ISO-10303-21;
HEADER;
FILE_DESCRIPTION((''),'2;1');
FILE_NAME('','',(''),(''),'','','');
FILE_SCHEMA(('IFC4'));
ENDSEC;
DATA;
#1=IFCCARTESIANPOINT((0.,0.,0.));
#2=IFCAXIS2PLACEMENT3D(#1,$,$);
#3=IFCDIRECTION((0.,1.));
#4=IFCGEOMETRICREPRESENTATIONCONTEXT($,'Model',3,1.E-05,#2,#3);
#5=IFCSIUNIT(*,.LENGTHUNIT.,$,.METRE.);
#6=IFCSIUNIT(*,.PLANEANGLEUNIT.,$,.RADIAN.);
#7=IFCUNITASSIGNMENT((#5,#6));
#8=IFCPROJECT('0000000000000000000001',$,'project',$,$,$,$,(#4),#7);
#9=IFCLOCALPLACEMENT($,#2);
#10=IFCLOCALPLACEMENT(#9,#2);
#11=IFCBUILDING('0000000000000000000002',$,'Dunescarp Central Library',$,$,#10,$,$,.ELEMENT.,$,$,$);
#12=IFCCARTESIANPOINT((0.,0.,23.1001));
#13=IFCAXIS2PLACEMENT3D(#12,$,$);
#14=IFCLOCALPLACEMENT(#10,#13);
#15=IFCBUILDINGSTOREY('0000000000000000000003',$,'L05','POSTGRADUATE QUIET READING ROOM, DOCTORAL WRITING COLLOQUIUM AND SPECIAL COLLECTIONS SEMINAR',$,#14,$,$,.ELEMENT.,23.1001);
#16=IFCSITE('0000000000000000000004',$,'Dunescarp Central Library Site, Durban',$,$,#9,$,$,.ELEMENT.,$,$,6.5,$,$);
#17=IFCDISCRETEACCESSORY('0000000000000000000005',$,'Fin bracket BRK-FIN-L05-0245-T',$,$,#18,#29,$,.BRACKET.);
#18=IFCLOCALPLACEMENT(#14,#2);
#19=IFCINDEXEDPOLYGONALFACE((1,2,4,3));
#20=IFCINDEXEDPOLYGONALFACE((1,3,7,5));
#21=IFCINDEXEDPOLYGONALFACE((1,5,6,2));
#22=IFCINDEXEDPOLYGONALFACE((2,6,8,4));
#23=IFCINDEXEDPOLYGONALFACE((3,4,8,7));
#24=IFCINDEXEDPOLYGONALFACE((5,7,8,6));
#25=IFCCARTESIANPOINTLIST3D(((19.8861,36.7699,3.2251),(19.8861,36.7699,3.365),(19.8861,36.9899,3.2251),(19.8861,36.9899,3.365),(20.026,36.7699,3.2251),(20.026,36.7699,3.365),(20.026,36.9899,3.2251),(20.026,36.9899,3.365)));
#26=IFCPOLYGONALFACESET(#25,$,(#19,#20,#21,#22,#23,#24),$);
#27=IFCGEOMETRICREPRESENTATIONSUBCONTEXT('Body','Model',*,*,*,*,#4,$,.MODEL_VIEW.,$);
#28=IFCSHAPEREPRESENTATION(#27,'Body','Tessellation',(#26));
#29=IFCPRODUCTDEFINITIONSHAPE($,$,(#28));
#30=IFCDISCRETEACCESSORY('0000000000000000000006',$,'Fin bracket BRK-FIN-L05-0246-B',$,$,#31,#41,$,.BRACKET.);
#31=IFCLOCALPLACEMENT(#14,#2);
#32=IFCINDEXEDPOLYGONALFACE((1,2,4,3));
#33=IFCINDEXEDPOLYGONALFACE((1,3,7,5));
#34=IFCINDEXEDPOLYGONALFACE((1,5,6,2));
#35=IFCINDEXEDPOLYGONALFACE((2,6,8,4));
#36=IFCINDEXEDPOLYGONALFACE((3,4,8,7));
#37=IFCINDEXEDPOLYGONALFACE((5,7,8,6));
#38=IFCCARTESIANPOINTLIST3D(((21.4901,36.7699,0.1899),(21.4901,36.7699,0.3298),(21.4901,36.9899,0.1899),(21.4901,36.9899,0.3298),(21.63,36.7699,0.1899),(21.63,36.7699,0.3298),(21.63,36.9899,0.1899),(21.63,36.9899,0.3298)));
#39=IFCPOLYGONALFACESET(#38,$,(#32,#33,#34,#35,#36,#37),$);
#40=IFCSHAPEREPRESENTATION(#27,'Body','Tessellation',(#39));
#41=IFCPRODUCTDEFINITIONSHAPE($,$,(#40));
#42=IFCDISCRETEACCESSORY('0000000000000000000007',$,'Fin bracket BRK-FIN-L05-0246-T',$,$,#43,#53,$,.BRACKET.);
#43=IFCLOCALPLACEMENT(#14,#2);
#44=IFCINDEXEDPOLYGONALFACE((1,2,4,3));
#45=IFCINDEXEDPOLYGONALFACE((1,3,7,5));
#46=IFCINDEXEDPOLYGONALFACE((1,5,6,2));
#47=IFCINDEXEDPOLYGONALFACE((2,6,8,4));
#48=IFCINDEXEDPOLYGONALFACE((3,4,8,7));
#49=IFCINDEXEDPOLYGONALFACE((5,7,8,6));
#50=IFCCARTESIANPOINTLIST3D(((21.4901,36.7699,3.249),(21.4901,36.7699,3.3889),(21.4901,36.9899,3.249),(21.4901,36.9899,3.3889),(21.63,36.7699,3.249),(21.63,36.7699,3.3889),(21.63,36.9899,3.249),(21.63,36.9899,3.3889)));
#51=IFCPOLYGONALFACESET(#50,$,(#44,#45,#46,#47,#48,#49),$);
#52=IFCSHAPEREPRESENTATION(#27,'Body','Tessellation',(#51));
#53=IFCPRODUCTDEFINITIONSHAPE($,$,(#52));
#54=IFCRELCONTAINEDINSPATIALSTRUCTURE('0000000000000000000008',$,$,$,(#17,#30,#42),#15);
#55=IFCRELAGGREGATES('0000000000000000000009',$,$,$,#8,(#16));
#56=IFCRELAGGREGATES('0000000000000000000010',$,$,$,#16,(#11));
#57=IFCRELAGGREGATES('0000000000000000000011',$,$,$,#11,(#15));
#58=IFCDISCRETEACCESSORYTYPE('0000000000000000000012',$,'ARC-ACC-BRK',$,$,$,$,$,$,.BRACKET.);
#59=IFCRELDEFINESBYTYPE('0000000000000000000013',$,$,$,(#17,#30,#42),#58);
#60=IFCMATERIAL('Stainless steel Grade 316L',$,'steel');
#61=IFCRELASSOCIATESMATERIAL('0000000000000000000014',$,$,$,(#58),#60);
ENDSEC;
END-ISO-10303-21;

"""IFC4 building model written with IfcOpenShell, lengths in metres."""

from ifc_helpers import new_model, si_unit, direction, frame, origin, origin_2d, place, context, subcontext, project, spatial, rectangle, extrude, material, type_object, element, save


model = new_model("IFC4")

# Units and contexts
model_context = context("Model", 3, precision=1e-05, world=origin(), true_north=direction((0.0, 1.0)))
body_context = subcontext(model_context, "Body", "Model", "MODEL_VIEW")
ifc_project = project(units=[si_unit("LENGTHUNIT", "METRE"), si_unit("PLANEANGLEUNIT", "RADIAN")], contexts=[model_context])

# Site, building, storey
site_placement = place(None, origin())
site = spatial("IfcSite", under=ifc_project, at=site_placement, Name="Dunescarp Central Library Site, Durban", CompositionType="ELEMENT", RefElevation=6.5)
building_placement = place(site_placement, origin())
building = spatial("IfcBuilding", under=site, at=building_placement, Name="Dunescarp Central Library", CompositionType="ELEMENT")
storey_placement = place(building_placement, frame((0.0, 0.0, 23.1001)))
storey = spatial("IfcBuildingStorey", under=building, at=storey_placement, Name="L05", Description="POSTGRADUATE QUIET READING ROOM, DOCTORAL WRITING COLLOQUIUM AND SPECIAL COLLECTIONS SEMINAR", CompositionType="ELEMENT", Elevation=23.1001)

# Discrete accessories
ifc_material_1 = material(Name="Stainless steel Grade 316L", Category="steel")
discrete_accessory_type = type_object("IfcDiscreteAccessoryType", Name="ARC-ACC-BRK", PredefinedType="BRACKET", material=ifc_material_1)
for number, where, z_axis, x_axis, name in (
    (1, (19.9561, 36.8799, 3.2251), (0.0, 0.0, 1.0), (0.0, 1.0, 0.0), "Fin bracket BRK-FIN-L05-0245-T"),
    (2, (21.5601, 36.8799, 0.1899), (0.0, 0.0, 1.0), (0.0, 1.0, 0.0), "Fin bracket BRK-FIN-L05-0246-B"),
    (3, (21.5601, 36.8799, 3.249), (0.0, 0.0, 1.0), (0.0, 1.0, 0.0), "Fin bracket BRK-FIN-L05-0246-T"),
):
    element("IfcDiscreteAccessory", number, at=place(storey_placement, frame(where, z_axis=z_axis, x_axis=x_axis)), inside=storey, type_object=discrete_accessory_type, Name=name, PredefinedType="BRACKET", context=body_context, shape_type="SweptSolid", body=[
        extrude(rectangle(XDim=0.22, YDim=0.1399, at=origin_2d()), origin(), (0.0, 0.0, 1.0), 0.1399),
    ])

save(model, "model.ifc")
